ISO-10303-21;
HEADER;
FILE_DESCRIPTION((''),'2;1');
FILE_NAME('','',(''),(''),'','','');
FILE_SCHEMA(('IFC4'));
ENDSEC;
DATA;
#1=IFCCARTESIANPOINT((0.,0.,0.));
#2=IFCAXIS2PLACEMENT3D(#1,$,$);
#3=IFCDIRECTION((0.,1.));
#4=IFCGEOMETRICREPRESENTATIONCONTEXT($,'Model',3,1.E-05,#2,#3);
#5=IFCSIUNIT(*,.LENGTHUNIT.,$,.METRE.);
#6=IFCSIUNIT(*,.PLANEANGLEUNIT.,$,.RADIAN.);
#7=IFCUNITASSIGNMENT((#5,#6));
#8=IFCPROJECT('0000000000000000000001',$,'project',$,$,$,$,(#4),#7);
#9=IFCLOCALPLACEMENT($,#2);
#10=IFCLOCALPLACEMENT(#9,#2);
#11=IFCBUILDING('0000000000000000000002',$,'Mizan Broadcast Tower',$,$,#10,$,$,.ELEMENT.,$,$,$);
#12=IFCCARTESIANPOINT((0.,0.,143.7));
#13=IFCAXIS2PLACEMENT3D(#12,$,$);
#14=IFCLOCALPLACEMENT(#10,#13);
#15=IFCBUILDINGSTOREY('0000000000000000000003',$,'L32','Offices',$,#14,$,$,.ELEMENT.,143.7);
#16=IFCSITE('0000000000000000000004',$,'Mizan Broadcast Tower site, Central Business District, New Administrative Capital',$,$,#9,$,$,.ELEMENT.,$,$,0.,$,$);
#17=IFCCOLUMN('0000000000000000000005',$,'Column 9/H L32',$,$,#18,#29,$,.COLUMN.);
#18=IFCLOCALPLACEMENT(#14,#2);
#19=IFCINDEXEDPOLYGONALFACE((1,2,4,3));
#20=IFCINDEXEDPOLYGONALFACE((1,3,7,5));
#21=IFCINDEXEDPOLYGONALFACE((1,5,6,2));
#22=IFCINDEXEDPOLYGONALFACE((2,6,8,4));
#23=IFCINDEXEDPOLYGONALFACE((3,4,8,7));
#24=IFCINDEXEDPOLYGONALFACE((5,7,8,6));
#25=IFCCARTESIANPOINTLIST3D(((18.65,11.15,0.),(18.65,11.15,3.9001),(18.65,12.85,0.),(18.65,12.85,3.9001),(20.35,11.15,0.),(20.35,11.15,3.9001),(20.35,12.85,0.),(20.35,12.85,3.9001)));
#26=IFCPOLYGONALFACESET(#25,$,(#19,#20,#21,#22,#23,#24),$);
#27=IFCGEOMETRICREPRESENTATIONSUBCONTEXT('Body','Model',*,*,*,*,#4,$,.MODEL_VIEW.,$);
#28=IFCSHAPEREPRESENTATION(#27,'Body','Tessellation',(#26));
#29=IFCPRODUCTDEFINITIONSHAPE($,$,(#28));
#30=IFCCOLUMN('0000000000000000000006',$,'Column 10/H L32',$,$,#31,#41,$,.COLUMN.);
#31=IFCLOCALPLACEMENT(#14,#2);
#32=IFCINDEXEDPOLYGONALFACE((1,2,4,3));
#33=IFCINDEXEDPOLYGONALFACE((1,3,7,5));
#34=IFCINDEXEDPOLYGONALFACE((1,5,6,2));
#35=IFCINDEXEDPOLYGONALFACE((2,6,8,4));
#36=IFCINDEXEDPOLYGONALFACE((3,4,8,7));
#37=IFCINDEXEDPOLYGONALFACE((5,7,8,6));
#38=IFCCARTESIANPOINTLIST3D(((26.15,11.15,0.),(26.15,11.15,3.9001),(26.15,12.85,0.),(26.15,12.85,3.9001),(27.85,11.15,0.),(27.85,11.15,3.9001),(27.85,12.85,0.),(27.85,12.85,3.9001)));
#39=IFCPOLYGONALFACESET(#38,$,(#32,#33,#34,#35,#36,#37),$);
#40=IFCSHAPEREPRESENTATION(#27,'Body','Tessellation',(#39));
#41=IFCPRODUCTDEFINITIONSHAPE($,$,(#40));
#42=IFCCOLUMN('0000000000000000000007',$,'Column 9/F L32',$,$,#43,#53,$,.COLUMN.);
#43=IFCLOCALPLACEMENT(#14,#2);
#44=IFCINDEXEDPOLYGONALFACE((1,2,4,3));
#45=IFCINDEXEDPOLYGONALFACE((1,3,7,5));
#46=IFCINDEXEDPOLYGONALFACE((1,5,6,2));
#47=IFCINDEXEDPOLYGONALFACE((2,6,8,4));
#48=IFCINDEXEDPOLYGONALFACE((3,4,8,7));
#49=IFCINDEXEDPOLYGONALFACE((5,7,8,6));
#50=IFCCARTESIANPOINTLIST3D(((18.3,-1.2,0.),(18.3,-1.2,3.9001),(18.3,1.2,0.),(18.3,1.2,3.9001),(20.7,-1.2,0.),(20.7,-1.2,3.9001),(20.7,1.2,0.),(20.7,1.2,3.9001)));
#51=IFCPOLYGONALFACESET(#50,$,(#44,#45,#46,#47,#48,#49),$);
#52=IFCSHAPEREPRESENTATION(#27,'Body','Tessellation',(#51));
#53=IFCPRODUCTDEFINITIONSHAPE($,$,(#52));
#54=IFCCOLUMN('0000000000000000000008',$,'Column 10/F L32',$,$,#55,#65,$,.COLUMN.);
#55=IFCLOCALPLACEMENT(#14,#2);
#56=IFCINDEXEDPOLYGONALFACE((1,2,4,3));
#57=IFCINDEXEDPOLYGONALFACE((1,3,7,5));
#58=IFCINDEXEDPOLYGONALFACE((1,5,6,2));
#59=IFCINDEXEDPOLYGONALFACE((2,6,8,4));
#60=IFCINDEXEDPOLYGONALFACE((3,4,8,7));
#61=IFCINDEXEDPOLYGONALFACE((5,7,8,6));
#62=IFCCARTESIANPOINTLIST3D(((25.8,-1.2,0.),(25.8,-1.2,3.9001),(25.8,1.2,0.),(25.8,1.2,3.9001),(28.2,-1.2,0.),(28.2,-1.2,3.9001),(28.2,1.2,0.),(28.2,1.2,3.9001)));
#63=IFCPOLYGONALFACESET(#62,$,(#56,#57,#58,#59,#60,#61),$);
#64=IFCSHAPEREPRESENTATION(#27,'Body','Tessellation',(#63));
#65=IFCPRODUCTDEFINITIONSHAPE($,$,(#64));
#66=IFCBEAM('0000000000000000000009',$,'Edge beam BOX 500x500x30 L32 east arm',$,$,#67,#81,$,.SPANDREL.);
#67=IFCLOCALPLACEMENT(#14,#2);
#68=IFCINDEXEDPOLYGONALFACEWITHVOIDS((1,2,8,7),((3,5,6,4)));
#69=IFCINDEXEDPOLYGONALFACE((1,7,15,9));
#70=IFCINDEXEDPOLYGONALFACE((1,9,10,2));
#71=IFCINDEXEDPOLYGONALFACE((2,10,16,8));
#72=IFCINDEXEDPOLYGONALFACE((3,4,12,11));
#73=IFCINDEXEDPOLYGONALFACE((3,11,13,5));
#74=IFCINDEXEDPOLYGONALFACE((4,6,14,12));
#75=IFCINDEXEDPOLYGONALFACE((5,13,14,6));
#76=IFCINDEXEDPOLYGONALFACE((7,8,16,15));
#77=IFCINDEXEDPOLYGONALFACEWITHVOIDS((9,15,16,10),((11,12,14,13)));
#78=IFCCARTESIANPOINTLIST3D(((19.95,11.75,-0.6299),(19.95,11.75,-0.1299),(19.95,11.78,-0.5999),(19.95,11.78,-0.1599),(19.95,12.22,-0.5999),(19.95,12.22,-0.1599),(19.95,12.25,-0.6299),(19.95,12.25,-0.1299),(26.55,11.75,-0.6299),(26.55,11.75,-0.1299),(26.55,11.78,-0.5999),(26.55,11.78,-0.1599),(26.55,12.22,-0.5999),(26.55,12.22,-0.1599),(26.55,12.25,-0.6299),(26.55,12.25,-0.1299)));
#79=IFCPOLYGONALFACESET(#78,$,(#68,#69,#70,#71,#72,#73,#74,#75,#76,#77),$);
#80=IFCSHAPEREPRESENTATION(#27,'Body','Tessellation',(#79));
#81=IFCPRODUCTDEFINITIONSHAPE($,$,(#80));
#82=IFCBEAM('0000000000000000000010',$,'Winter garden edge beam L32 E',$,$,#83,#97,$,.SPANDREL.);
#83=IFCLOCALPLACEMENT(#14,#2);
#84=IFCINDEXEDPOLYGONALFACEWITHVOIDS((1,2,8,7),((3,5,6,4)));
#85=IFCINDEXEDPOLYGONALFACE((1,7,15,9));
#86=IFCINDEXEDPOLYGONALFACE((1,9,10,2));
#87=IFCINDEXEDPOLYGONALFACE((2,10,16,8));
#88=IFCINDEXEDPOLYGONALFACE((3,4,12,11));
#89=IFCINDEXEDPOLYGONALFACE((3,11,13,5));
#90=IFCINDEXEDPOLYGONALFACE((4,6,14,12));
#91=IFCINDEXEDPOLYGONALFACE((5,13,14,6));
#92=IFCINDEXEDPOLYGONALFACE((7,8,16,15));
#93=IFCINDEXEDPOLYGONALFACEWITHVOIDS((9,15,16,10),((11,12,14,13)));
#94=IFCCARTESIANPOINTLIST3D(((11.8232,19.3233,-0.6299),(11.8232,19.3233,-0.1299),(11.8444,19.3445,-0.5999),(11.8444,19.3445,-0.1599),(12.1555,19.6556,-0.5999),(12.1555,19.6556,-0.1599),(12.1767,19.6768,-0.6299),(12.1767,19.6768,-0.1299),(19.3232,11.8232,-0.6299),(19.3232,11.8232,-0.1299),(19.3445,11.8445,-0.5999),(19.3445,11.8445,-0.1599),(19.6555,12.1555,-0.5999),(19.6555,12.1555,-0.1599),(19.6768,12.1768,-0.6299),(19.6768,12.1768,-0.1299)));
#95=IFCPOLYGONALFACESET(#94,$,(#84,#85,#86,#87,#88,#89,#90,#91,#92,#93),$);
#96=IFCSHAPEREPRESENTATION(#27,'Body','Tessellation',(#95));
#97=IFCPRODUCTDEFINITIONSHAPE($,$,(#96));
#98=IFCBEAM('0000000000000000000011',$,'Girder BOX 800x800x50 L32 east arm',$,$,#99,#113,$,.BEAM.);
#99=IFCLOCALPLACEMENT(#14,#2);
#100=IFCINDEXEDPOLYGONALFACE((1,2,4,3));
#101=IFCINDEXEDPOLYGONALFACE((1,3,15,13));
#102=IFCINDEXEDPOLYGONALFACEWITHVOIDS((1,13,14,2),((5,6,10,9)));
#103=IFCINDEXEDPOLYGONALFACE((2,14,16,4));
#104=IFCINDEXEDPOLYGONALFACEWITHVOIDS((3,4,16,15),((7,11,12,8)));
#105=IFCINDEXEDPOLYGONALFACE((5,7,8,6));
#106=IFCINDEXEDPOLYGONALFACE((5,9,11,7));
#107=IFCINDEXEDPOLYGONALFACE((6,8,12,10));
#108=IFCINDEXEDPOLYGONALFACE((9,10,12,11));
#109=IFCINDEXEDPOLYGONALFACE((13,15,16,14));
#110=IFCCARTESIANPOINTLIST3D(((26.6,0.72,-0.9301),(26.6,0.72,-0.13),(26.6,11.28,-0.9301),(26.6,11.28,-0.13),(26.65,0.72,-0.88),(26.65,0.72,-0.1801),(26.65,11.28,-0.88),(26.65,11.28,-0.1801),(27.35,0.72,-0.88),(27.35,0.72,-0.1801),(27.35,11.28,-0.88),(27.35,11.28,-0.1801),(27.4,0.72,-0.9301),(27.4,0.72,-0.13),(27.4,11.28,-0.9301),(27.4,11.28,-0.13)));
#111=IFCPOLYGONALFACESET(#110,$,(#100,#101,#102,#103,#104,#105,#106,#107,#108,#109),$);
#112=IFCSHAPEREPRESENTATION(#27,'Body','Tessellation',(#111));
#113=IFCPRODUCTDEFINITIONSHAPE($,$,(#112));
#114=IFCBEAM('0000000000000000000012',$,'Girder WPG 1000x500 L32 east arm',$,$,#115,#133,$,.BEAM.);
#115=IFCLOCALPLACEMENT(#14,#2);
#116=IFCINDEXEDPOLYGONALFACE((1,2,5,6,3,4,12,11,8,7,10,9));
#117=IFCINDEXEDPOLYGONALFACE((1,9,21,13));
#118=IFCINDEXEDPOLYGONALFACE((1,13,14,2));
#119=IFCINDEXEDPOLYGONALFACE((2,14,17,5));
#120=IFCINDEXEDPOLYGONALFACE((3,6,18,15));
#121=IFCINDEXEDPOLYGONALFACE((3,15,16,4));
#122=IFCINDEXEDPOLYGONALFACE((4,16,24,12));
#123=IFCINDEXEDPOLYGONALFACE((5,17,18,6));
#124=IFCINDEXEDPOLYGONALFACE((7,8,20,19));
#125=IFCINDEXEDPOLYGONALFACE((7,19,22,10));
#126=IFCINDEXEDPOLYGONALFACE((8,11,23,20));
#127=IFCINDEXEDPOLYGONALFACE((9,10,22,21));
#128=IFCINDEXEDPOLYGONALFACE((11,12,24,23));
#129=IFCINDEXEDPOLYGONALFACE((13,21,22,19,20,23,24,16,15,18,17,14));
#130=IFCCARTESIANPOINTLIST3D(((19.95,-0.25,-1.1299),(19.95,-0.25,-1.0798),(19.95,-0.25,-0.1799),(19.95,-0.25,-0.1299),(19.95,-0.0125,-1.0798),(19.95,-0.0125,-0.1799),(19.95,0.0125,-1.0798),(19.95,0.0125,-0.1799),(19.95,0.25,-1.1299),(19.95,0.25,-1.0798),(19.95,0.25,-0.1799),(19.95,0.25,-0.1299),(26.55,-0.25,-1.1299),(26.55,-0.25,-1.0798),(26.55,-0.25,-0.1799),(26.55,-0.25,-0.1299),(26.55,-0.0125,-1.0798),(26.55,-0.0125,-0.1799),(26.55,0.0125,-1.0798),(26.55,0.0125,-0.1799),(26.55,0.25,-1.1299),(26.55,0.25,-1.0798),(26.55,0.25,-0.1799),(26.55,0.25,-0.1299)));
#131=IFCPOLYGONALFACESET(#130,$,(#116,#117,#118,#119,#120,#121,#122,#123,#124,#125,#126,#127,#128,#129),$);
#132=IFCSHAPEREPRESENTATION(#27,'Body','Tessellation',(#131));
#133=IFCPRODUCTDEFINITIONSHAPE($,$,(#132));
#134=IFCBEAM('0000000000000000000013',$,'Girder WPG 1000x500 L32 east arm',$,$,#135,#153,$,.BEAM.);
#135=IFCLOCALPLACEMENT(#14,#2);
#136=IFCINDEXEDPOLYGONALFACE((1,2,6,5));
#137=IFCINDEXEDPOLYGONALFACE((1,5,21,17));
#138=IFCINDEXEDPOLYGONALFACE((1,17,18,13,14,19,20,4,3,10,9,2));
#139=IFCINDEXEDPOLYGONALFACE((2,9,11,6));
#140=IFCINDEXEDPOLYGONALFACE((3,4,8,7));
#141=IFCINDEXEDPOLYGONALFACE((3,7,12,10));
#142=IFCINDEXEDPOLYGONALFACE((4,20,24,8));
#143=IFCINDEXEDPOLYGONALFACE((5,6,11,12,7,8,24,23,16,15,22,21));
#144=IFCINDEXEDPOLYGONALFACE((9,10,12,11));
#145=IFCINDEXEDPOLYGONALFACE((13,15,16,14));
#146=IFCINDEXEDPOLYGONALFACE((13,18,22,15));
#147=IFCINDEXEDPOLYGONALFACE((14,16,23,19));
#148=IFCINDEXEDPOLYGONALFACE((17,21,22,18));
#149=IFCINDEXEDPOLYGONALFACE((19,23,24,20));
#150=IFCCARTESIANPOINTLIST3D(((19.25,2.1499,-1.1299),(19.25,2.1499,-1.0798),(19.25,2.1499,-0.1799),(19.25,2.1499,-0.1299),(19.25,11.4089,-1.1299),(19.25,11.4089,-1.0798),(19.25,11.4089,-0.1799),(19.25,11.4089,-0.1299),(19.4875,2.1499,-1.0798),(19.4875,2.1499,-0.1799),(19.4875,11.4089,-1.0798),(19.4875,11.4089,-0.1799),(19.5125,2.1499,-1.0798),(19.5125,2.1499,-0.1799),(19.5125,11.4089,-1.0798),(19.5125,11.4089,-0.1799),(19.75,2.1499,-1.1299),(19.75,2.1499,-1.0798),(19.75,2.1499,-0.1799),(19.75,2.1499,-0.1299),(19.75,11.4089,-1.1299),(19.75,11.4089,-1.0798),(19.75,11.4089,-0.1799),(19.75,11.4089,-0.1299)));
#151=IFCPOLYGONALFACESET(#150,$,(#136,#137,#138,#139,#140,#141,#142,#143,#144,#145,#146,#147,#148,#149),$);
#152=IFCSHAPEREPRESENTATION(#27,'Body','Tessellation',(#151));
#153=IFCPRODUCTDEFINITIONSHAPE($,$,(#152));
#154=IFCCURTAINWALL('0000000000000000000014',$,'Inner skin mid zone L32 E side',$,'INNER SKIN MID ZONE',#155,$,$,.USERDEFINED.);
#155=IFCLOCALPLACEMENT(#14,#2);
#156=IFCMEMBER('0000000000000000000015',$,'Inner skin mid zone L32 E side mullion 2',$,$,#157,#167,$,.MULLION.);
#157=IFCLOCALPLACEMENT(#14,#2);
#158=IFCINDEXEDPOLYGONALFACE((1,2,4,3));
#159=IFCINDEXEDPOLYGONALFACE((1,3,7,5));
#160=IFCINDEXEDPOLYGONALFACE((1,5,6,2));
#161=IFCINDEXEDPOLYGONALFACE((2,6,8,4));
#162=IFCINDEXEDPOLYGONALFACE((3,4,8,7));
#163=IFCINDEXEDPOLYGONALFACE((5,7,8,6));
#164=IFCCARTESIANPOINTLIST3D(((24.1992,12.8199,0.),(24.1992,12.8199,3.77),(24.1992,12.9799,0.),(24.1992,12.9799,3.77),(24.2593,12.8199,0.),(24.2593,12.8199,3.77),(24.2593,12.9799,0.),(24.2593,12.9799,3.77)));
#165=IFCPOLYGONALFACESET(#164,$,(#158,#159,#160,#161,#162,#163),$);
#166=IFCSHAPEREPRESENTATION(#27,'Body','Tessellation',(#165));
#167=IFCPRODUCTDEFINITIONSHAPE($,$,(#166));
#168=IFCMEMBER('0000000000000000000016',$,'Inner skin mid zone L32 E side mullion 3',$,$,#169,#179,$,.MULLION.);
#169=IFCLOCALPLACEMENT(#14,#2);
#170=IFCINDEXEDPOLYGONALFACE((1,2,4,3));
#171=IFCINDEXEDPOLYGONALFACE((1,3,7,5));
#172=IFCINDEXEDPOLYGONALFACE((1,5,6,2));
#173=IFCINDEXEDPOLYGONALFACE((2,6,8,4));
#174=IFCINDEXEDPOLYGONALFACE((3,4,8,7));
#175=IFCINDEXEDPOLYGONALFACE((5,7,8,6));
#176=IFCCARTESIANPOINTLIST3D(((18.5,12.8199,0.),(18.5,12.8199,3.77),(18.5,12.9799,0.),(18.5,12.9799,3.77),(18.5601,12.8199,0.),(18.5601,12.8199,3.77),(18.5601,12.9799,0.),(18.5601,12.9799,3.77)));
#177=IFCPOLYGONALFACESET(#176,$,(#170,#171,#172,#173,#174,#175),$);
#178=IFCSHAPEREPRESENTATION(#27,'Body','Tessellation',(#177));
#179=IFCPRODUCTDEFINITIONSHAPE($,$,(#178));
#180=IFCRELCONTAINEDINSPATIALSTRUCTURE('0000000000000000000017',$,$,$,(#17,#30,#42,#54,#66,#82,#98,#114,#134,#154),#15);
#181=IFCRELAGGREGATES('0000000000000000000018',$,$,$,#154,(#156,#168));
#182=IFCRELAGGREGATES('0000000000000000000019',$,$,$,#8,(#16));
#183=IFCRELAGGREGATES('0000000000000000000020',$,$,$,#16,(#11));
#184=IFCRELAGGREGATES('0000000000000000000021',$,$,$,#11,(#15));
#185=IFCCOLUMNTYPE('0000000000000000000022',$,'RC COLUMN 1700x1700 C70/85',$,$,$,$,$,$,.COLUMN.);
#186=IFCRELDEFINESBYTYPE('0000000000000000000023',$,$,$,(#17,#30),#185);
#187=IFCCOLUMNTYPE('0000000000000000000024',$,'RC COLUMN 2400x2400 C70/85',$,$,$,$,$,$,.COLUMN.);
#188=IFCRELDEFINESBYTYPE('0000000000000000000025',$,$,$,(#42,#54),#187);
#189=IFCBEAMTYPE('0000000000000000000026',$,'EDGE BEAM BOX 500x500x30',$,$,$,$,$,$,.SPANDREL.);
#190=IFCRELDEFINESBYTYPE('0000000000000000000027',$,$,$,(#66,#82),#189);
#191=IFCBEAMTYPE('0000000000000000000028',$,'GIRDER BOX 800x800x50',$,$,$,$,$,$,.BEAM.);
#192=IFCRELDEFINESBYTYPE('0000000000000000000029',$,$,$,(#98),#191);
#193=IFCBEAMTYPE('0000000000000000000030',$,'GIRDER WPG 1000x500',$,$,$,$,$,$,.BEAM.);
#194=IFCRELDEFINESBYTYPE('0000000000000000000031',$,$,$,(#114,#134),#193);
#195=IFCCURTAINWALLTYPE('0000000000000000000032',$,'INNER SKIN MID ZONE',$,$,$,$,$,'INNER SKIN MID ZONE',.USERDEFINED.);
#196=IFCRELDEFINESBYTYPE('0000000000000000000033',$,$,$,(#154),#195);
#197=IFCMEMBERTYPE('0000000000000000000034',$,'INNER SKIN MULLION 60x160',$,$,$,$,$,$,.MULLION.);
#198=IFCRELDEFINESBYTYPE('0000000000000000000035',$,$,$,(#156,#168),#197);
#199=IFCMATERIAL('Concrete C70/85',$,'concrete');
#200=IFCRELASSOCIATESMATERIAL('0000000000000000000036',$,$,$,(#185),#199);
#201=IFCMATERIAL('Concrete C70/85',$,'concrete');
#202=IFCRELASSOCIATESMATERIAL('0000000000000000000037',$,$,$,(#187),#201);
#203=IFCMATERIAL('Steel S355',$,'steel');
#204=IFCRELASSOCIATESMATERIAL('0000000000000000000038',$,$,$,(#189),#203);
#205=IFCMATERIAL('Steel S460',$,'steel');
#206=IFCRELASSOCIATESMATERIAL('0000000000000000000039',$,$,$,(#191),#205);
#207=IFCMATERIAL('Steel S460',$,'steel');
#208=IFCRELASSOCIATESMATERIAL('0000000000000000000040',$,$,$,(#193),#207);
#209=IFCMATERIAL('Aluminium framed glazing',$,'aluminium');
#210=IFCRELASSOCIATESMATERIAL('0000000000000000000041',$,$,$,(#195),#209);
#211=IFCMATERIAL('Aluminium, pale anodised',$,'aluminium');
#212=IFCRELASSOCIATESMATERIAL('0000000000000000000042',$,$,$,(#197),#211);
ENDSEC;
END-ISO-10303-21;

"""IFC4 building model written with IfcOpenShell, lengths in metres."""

from ifc_helpers import new_model, si_unit, direction, frame, origin, origin_2d, place, context, subcontext, project, spatial, rectangle, hollow_rectangle, i_section, extrude, material, material_profile, profile_set, type_object, element, aggregate, save


model = new_model("IFC4")

# Units and contexts
model_context = context("Model", 3, precision=1e-05, world=origin(), true_north=direction((0.0, 1.0)))
body_context = subcontext(model_context, "Body", "Model", "MODEL_VIEW")
ifc_project = project(units=[si_unit("LENGTHUNIT", "METRE"), si_unit("PLANEANGLEUNIT", "RADIAN")], contexts=[model_context])

# Site, building, storey
site_placement = place(None, origin())
site = spatial("IfcSite", under=ifc_project, at=site_placement, Name="Mizan Broadcast Tower site, Central Business District, New Administrative Capital", CompositionType="ELEMENT", RefElevation=0.0)
building_placement = place(site_placement, origin())
building = spatial("IfcBuilding", under=site, at=building_placement, Name="Mizan Broadcast Tower", CompositionType="ELEMENT")
storey_placement = place(building_placement, frame((0.0, 0.0, 143.7)))
storey = spatial("IfcBuildingStorey", under=building, at=storey_placement, Name="L32", Description="Offices", CompositionType="ELEMENT", Elevation=143.7)

# Columns
ifc_material_1 = material(Name="Concrete C70/85", Category="concrete")
ifc_material_profile_1 = material_profile(ifc_material_1, rectangle(XDim=1.7, YDim=1.7, at=origin_2d()), Name="RC 1700x1700")
ifc_profile_set_1 = profile_set([ifc_material_profile_1], Name="Concrete C70/85")
column_type_1 = type_object("IfcColumnType", Name="RC COLUMN 1700x1700 C70/85", PredefinedType="COLUMN", material=ifc_profile_set_1)
for number, where, z_axis, x_axis, name in (
    (1, (19.5, 12.0, 0.0), (0.0, 0.0, 1.0), (1.0, 0.0, 0.0), "Column 9/H L32"),
    (2, (27.0, 12.0, 0.0), (0.0, 0.0, 1.0), (1.0, 0.0, 0.0), "Column 10/H L32"),
):
    element("IfcColumn", number, at=place(storey_placement, frame(where, z_axis=z_axis, x_axis=x_axis)), inside=storey, type_object=column_type_1, Name=name, PredefinedType="COLUMN", context=body_context, shape_type="SweptSolid", body=[
        extrude(rectangle(XDim=1.7, YDim=1.7, at=origin_2d()), origin(), (0.0, 0.0, 1.0), 3.9001),
    ])
ifc_material_2 = material(Name="Concrete C70/85", Category="concrete")
ifc_material_profile_2 = material_profile(ifc_material_2, rectangle(XDim=2.3999, YDim=2.3999, at=origin_2d()), Name="RC 2400x2400")
ifc_profile_set_2 = profile_set([ifc_material_profile_2], Name="Concrete C70/85")
column_type_2 = type_object("IfcColumnType", Name="RC COLUMN 2400x2400 C70/85", PredefinedType="COLUMN", material=ifc_profile_set_2)
for number, where, z_axis, x_axis, name in (
    (3, (19.5, 0.0, 0.0), (0.0, 0.0, 1.0), (1.0, 0.0, 0.0), "Column 9/F L32"),
    (4, (27.0, 0.0, 0.0), (0.0, 0.0, 1.0), (1.0, 0.0, 0.0), "Column 10/F L32"),
):
    element("IfcColumn", number, at=place(storey_placement, frame(where, z_axis=z_axis, x_axis=x_axis)), inside=storey, type_object=column_type_2, Name=name, PredefinedType="COLUMN", context=body_context, shape_type="SweptSolid", body=[
        extrude(rectangle(XDim=2.3999, YDim=2.3999, at=origin_2d()), origin(), (0.0, 0.0, 1.0), 3.9001),
    ])

# Beams
ifc_material_3 = material(Name="Steel S355", Category="steel")
ifc_material_profile_3 = material_profile(ifc_material_3, hollow_rectangle(XDim=0.5, YDim=0.5, WallThickness=0.03, at=origin_2d()), Name="BOX 500x500x30")
ifc_profile_set_3 = profile_set([ifc_material_profile_3], Name="Steel S355")
beam_type_1 = type_object("IfcBeamType", Name="EDGE BEAM BOX 500x500x30", PredefinedType="SPANDREL", material=ifc_profile_set_3)
beam_1_placement = place(storey_placement, frame((19.95, 12.0, -0.3799), z_axis=(1.0, 0.0, 0.0), x_axis=(0.0, 1.0, 0.0)))
element("IfcBeam", 5, at=beam_1_placement, inside=storey, type_object=beam_type_1, Name="Edge beam BOX 500x500x30 L32 east arm", PredefinedType="SPANDREL", context=body_context, shape_type="SweptSolid", body=[
    extrude(hollow_rectangle(XDim=0.5, YDim=0.5, WallThickness=0.03, at=origin_2d()), origin(), (0.0, 0.0, 1.0), 6.6001),
])
beam_2_placement = place(storey_placement, frame((19.5, 12.0, -0.3799), z_axis=(-0.707107, 0.707107, 0.0), x_axis=(-0.707107, -0.707107, 0.0)))
element("IfcBeam", 6, at=beam_2_placement, inside=storey, type_object=beam_type_1, Name="Winter garden edge beam L32 E", PredefinedType="SPANDREL", context=body_context, shape_type="SweptSolid", body=[
    extrude(hollow_rectangle(XDim=0.5, YDim=0.5, WallThickness=0.03, at=origin_2d()), origin(), (0.0, 0.0, 1.0), 10.6067),
])
ifc_material_4 = material(Name="Steel S460", Category="steel")
ifc_material_profile_4 = material_profile(ifc_material_4, hollow_rectangle(XDim=0.8, YDim=0.8, WallThickness=0.05, at=origin_2d()), Name="BOX 800x800x50")
ifc_profile_set_4 = profile_set([ifc_material_profile_4], Name="Steel S460")
beam_type_2 = type_object("IfcBeamType", Name="GIRDER BOX 800x800x50", PredefinedType="BEAM", material=ifc_profile_set_4)
beam_3_placement = place(storey_placement, frame((27.0, 11.28, -0.53), z_axis=(0.0, -1.0, 0.0), x_axis=(1.0, 0.0, 0.0)))
element("IfcBeam", 7, at=beam_3_placement, inside=storey, type_object=beam_type_2, Name="Girder BOX 800x800x50 L32 east arm", PredefinedType="BEAM", context=body_context, shape_type="SweptSolid", body=[
    extrude(hollow_rectangle(XDim=0.8, YDim=0.8, WallThickness=0.05, at=origin_2d()), origin(), (0.0, 0.0, 1.0), 10.5601),
])
ifc_material_5 = material(Name="Steel S460", Category="steel")
ifc_material_profile_5 = material_profile(ifc_material_5, i_section(OverallWidth=0.5, OverallDepth=1.0, WebThickness=0.0249, FlangeThickness=0.05, at=origin_2d()), Name="WPG 1000x500")
ifc_profile_set_5 = profile_set([ifc_material_profile_5], Name="Steel S460")
beam_type_3 = type_object("IfcBeamType", Name="GIRDER WPG 1000x500", PredefinedType="BEAM", material=ifc_profile_set_5)
beam_4_placement = place(storey_placement, frame((19.95, 0.0, -0.6299), z_axis=(1.0, 0.0, 0.0), x_axis=(0.0, 1.0, 0.0)))
element("IfcBeam", 8, at=beam_4_placement, inside=storey, type_object=beam_type_3, Name="Girder WPG 1000x500 L32 east arm", PredefinedType="BEAM", context=body_context, shape_type="SweptSolid", body=[
    extrude(i_section(OverallWidth=0.5, OverallDepth=1.0, WebThickness=0.0249, FlangeThickness=0.05, at=origin_2d()), origin(), (0.0, 0.0, 1.0), 6.6001),
])
beam_5_placement = place(storey_placement, frame((19.5, 11.4089, -0.6299), z_axis=(0.0, -1.0, 0.0), x_axis=(1.0, 0.0, 0.0)))
element("IfcBeam", 9, at=beam_5_placement, inside=storey, type_object=beam_type_3, Name="Girder WPG 1000x500 L32 east arm", PredefinedType="BEAM", context=body_context, shape_type="SweptSolid", body=[
    extrude(i_section(OverallWidth=0.5, OverallDepth=1.0, WebThickness=0.0249, FlangeThickness=0.05, at=origin_2d()), origin(), (0.0, 0.0, 1.0), 9.259),
])

# Curtain wall, members
ifc_material_6 = material(Name="Aluminium framed glazing", Category="aluminium")
curtain_wall_type_1 = type_object("IfcCurtainWallType", Name="INNER SKIN MID ZONE", ElementType="INNER SKIN MID ZONE", PredefinedType="USERDEFINED", material=ifc_material_6)
curtain_wall_1_placement = place(storey_placement, origin())
curtain_wall_1 = element("IfcCurtainWall", 10, at=curtain_wall_1_placement, inside=storey, type_object=curtain_wall_type_1, Name="Inner skin mid zone L32 E side", ObjectType="INNER SKIN MID ZONE", PredefinedType="USERDEFINED")
ifc_material_7 = material(Name="Aluminium, pale anodised", Category="aluminium")
ifc_material_profile_6 = material_profile(ifc_material_7, rectangle(XDim=0.1599, YDim=0.0601, at=origin_2d()), Name="MULLION 160x60")
ifc_profile_set_6 = profile_set([ifc_material_profile_6], Name="Aluminium, pale anodised")
member_type_1 = type_object("IfcMemberType", Name="INNER SKIN MULLION 60x160", PredefinedType="MULLION", material=ifc_profile_set_6)
member_1_placement = place(storey_placement, frame((24.2292, 12.8999, 0.0), z_axis=(0.0, 0.0, 1.0), x_axis=(0.0, -1.0, 0.0)))
member_1 = element("IfcMember", 11, at=member_1_placement, type_object=member_type_1, Name="Inner skin mid zone L32 E side mullion 2", PredefinedType="MULLION", context=body_context, shape_type="SweptSolid", body=[
    extrude(rectangle(XDim=0.1599, YDim=0.0601, at=origin_2d()), origin(), (0.0, 0.0, 1.0), 3.77),
])
member_2_placement = place(storey_placement, frame((18.53, 12.8999, 0.0), z_axis=(0.0, 0.0, 1.0), x_axis=(0.0, -1.0, 0.0)))
member_2 = element("IfcMember", 12, at=member_2_placement, type_object=member_type_1, Name="Inner skin mid zone L32 E side mullion 3", PredefinedType="MULLION", context=body_context, shape_type="SweptSolid", body=[
    extrude(rectangle(XDim=0.1599, YDim=0.0601, at=origin_2d()), origin(), (0.0, 0.0, 1.0), 3.77),
])

aggregate(curtain_wall_1, [member_1, member_2])

save(model, "model.ifc")
